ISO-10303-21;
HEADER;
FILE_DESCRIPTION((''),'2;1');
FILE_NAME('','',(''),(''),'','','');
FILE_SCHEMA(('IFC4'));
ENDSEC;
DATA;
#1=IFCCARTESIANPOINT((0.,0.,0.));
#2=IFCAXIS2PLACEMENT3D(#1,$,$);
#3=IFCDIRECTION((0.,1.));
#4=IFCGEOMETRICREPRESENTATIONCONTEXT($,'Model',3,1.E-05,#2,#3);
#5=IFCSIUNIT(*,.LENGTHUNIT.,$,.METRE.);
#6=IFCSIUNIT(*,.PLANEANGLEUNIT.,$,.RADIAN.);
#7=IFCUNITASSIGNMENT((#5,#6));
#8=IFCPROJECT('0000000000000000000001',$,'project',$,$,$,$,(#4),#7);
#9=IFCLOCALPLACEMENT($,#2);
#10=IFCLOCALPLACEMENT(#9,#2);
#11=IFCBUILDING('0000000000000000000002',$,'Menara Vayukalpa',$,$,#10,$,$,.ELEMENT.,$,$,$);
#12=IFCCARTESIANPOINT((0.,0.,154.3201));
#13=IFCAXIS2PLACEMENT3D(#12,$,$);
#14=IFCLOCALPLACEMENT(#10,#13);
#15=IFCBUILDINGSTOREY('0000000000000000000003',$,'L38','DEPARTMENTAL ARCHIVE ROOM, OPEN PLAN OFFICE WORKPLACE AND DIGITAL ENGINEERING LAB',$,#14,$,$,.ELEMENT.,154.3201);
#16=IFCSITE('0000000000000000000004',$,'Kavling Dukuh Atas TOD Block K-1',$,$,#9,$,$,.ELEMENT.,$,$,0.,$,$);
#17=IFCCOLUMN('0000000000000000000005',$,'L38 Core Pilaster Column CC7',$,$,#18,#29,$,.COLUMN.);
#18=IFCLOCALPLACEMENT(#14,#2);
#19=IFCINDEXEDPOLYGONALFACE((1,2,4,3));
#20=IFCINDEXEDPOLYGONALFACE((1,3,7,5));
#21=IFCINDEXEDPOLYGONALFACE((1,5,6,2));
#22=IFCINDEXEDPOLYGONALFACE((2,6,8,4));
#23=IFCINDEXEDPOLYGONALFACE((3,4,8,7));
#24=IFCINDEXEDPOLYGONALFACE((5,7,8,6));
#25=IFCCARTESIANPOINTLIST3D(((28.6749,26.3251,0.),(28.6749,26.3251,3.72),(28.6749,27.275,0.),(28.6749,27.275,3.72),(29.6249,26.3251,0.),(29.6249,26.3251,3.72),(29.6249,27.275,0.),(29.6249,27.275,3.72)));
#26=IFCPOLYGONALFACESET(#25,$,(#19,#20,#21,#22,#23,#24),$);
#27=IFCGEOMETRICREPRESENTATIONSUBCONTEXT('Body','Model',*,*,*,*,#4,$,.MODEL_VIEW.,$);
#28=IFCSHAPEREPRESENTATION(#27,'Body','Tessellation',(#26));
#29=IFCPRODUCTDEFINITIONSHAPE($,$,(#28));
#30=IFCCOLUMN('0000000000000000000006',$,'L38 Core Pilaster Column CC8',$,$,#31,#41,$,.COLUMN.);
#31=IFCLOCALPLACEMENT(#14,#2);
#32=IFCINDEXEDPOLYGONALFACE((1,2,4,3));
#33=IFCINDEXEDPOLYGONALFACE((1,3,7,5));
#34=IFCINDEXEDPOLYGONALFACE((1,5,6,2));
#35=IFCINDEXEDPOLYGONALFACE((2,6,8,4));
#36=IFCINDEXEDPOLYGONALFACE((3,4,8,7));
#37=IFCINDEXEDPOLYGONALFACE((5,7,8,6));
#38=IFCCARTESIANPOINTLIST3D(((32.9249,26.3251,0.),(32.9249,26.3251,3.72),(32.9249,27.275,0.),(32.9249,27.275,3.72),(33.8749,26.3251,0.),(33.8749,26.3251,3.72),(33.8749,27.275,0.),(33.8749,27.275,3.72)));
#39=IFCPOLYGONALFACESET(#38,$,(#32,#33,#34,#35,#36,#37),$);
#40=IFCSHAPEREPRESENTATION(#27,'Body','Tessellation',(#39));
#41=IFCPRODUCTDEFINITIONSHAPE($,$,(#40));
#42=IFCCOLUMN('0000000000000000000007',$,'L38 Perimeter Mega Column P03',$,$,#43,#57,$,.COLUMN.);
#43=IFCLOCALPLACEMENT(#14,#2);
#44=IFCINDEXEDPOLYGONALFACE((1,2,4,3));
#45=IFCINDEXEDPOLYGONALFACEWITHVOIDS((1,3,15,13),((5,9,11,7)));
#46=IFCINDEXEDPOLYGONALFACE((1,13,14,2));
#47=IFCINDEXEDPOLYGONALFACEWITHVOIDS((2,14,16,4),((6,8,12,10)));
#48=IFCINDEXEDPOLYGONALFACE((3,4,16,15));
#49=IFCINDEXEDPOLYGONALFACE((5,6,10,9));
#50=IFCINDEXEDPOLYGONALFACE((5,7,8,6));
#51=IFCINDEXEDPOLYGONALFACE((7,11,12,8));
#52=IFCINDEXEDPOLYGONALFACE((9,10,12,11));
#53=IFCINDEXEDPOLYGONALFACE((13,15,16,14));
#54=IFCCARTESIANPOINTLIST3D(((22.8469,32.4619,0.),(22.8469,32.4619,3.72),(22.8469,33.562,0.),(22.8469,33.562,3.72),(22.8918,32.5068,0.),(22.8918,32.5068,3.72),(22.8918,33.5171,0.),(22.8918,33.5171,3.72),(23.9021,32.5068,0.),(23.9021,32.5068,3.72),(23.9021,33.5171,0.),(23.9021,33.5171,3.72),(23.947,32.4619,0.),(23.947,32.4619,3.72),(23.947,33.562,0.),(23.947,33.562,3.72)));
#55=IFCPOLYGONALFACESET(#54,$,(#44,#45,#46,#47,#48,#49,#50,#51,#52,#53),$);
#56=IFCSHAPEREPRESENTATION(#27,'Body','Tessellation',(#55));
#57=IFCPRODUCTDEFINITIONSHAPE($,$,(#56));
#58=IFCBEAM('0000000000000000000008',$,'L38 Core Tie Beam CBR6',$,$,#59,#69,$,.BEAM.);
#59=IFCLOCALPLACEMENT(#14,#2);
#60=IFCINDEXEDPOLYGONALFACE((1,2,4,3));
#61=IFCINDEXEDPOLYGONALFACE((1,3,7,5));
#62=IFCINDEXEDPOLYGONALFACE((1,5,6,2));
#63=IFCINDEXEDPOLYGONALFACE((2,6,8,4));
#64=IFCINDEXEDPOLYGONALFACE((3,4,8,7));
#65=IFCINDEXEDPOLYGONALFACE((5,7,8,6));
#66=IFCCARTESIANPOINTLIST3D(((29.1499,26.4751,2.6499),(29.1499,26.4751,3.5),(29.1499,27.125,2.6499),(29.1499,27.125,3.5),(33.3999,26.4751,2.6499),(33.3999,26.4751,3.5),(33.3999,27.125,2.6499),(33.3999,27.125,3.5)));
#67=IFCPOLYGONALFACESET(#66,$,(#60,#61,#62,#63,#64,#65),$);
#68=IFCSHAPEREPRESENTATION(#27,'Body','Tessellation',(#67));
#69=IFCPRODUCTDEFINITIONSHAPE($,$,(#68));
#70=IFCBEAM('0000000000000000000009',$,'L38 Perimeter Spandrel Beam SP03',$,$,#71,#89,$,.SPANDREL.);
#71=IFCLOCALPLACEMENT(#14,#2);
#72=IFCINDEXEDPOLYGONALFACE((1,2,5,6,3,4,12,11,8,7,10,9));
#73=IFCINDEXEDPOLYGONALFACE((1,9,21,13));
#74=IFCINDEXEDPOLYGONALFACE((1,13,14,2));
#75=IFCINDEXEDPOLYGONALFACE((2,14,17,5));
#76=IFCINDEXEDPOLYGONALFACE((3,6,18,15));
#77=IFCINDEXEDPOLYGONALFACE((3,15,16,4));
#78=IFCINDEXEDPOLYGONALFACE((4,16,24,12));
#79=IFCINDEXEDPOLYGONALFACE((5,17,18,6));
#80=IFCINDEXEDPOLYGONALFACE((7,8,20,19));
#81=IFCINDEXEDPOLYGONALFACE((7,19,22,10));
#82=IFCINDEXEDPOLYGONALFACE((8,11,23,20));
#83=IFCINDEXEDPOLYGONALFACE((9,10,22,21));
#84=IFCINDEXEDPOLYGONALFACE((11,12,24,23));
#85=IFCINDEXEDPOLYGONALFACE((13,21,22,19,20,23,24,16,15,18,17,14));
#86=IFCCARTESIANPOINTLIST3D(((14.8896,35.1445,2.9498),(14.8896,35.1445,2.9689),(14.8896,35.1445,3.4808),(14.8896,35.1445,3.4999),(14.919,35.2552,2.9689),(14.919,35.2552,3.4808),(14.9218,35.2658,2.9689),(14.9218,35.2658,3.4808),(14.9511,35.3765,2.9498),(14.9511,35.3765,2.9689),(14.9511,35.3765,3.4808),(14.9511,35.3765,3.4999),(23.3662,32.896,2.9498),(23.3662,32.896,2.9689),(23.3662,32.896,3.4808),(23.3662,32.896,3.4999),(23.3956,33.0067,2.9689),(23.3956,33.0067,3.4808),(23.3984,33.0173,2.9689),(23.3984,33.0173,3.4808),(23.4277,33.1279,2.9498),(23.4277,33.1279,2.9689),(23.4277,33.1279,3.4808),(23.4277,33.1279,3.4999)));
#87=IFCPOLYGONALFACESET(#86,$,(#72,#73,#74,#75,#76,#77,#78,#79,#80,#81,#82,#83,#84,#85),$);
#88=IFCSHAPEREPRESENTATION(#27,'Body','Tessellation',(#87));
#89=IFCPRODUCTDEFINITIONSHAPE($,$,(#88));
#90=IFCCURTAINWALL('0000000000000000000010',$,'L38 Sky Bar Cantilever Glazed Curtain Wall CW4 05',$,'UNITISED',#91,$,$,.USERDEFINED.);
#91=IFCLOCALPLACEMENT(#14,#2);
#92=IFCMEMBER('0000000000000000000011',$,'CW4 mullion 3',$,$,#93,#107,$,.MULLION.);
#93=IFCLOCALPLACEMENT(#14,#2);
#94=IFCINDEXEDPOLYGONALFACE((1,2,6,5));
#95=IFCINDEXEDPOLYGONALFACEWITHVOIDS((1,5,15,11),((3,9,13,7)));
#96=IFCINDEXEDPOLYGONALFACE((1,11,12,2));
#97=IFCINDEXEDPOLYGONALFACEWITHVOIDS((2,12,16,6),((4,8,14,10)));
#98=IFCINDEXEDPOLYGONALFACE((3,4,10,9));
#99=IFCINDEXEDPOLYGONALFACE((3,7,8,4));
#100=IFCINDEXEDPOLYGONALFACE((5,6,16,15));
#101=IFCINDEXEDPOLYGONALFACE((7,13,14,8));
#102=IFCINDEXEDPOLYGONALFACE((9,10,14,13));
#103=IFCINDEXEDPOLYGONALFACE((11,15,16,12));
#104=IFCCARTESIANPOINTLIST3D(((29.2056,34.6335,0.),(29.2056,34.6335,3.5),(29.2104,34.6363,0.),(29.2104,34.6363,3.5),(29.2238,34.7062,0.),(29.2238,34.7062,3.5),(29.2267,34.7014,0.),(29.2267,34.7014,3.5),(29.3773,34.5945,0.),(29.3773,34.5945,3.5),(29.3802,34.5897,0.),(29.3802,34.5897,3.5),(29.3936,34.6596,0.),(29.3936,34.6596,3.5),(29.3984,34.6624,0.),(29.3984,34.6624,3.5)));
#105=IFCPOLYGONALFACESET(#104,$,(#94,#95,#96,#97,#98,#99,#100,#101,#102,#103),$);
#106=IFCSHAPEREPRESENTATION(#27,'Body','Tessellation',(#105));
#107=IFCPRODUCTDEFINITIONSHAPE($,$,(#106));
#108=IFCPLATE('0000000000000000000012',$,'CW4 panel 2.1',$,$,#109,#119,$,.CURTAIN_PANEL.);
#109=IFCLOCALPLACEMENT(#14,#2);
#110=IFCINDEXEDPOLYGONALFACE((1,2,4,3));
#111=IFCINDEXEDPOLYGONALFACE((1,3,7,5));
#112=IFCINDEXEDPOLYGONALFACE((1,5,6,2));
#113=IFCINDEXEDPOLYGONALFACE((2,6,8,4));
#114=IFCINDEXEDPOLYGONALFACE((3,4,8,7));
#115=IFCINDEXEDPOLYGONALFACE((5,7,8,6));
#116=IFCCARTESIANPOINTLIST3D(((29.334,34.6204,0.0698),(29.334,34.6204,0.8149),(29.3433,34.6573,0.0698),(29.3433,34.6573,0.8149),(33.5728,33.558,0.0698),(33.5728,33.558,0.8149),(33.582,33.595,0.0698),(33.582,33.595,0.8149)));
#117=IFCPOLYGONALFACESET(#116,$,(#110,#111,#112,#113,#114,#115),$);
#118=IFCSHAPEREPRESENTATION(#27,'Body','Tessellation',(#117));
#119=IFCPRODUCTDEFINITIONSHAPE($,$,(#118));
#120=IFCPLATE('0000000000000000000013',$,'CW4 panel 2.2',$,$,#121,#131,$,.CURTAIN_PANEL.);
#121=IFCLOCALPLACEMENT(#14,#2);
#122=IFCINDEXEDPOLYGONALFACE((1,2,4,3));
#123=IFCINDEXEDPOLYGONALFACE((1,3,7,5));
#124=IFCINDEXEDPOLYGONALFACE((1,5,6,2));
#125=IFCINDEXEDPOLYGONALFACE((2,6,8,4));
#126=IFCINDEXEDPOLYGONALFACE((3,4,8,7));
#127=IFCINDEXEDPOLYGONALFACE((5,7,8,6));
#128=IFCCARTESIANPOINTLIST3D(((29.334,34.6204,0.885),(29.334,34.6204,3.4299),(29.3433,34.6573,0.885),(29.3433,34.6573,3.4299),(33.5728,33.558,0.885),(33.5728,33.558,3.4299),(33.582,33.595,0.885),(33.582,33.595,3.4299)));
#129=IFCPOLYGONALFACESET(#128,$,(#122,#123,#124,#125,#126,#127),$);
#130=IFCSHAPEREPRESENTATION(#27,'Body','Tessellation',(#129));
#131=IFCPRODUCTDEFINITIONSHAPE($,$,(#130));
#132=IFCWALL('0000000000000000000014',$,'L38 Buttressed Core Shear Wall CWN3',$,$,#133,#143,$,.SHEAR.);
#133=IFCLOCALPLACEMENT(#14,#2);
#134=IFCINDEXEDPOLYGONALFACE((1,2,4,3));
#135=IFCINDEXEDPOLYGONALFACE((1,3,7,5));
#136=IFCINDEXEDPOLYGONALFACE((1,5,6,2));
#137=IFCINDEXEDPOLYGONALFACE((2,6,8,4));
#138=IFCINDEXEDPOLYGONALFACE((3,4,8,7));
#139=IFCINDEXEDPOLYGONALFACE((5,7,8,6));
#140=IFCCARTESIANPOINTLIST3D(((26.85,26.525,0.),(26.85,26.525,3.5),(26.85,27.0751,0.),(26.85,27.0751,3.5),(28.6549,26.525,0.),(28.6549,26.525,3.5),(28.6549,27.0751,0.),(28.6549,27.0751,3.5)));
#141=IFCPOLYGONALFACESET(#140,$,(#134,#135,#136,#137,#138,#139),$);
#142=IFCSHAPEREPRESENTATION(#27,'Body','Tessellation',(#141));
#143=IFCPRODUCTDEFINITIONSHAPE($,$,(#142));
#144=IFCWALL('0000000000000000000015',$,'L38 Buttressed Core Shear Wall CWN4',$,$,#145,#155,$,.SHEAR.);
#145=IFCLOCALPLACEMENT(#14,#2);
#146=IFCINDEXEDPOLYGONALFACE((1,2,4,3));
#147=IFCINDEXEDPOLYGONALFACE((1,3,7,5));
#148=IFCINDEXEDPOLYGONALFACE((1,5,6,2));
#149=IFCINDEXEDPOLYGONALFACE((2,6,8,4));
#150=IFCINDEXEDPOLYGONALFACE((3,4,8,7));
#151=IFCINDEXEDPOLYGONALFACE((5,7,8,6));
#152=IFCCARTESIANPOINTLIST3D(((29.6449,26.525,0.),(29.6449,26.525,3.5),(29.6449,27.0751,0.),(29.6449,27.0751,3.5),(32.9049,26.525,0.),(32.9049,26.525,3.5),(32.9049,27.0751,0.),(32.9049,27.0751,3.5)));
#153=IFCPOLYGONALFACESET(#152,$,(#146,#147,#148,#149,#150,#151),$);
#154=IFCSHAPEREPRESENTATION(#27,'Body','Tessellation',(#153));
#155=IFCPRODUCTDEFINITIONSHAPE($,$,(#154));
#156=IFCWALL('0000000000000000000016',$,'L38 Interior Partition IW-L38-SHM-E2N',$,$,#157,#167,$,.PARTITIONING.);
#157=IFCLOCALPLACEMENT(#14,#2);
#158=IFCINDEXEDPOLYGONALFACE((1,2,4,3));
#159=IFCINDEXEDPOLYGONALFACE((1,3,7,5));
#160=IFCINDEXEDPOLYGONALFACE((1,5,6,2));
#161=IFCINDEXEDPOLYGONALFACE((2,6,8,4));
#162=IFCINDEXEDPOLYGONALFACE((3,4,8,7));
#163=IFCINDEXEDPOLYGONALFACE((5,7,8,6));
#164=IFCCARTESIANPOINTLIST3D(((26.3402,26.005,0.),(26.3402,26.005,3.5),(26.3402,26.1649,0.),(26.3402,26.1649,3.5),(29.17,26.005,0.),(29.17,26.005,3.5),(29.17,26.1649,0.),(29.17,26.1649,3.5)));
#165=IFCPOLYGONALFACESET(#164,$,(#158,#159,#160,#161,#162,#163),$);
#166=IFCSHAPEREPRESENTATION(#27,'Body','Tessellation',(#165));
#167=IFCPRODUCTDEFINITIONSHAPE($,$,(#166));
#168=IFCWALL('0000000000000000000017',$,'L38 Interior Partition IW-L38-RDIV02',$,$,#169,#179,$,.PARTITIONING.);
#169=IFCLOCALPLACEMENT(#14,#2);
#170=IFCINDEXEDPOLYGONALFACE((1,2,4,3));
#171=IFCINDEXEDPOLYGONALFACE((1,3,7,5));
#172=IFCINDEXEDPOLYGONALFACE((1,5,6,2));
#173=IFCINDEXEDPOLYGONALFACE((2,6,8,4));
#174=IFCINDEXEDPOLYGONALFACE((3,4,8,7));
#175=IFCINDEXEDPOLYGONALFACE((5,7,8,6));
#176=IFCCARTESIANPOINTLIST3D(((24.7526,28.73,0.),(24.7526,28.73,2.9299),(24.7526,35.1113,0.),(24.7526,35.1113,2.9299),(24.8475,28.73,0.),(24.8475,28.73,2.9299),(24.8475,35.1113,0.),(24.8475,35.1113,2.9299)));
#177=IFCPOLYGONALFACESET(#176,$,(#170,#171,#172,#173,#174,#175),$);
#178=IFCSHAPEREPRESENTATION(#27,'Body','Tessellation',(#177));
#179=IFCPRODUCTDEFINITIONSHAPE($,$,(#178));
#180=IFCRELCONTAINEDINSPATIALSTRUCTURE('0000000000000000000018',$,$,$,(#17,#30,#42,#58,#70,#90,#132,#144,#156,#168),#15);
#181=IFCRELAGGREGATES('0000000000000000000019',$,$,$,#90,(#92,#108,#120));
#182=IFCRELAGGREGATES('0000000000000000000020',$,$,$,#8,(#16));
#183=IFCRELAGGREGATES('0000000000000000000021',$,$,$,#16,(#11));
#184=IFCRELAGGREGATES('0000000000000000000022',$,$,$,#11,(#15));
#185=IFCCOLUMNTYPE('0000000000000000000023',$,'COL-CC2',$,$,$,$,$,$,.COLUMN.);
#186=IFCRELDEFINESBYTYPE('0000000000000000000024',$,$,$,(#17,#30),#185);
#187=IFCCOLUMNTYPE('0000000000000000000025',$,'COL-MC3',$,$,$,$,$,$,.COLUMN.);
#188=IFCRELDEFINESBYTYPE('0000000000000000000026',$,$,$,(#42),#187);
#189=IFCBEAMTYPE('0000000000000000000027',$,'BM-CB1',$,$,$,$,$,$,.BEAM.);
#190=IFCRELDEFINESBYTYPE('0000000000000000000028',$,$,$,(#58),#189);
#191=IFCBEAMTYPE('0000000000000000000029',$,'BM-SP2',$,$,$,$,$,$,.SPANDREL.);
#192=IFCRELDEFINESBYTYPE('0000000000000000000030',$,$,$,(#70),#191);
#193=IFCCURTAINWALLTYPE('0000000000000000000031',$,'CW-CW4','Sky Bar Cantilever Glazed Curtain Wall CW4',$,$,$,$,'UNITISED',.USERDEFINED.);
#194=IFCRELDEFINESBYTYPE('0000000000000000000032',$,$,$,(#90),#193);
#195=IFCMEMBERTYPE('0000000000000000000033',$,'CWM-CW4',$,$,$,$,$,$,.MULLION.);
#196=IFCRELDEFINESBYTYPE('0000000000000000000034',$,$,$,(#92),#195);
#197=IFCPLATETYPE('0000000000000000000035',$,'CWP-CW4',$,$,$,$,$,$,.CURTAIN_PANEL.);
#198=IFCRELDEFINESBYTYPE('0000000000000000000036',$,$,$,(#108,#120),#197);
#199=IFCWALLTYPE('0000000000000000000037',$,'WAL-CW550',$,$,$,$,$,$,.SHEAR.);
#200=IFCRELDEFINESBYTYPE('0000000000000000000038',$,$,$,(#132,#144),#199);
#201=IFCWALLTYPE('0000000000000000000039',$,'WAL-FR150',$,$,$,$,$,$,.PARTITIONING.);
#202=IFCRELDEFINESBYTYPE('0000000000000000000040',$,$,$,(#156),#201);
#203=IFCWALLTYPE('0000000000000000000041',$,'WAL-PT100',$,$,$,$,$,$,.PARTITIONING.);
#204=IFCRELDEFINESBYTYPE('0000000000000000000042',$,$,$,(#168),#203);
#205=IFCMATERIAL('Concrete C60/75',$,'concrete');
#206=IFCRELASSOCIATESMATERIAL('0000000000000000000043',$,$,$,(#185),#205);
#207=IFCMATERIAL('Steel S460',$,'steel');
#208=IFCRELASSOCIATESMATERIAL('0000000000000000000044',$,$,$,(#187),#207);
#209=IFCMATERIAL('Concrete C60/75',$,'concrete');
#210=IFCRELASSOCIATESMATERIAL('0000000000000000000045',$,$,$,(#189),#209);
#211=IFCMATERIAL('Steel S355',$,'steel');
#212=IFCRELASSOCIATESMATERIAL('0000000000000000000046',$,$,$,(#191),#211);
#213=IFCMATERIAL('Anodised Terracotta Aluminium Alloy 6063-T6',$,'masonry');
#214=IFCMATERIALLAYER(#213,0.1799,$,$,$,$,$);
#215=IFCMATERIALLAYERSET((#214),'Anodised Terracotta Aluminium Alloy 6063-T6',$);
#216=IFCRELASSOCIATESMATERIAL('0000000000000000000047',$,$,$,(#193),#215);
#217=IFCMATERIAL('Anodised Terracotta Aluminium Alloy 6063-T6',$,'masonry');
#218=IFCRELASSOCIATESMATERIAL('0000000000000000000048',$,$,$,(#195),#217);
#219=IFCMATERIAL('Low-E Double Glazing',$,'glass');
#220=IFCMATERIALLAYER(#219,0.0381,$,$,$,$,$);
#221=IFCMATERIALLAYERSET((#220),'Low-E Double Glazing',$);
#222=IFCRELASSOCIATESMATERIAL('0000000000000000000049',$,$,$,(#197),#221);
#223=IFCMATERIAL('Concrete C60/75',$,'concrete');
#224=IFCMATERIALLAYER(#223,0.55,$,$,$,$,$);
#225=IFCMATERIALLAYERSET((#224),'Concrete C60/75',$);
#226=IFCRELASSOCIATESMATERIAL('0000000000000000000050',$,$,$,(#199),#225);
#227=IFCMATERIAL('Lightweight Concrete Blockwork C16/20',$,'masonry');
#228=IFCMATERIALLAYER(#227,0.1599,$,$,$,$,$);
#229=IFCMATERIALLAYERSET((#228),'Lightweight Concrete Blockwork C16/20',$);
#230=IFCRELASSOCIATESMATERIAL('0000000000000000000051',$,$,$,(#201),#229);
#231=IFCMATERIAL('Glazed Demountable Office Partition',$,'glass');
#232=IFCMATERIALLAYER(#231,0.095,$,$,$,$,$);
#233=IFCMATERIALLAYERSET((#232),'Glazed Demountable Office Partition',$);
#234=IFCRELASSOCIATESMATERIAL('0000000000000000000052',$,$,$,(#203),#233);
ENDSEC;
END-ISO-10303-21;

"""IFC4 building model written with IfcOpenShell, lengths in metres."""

from ifc_helpers import new_model, si_unit, direction, frame, frame_2d, origin, origin_2d, place, context, subcontext, project, spatial, rectangle, hollow_rectangle, i_section, extrude, material, layer, layer_set, material_profile, profile_set, type_object, element, aggregate, save


model = new_model("IFC4")

# Units and contexts
model_context = context("Model", 3, precision=1e-05, world=origin(), true_north=direction((0.0, 1.0)))
body_context = subcontext(model_context, "Body", "Model", "MODEL_VIEW")
ifc_project = project(units=[si_unit("LENGTHUNIT", "METRE"), si_unit("PLANEANGLEUNIT", "RADIAN")], contexts=[model_context])

# Site, building, storey
site_placement = place(None, origin())
site = spatial("IfcSite", under=ifc_project, at=site_placement, Name="Kavling Dukuh Atas TOD Block K-1", CompositionType="ELEMENT", RefElevation=0.0)
building_placement = place(site_placement, origin())
building = spatial("IfcBuilding", under=site, at=building_placement, Name="Menara Vayukalpa", CompositionType="ELEMENT")
storey_placement = place(building_placement, frame((0.0, 0.0, 154.3201)))
storey = spatial("IfcBuildingStorey", under=building, at=storey_placement, Name="L38", Description="DEPARTMENTAL ARCHIVE ROOM, OPEN PLAN OFFICE WORKPLACE AND DIGITAL ENGINEERING LAB", CompositionType="ELEMENT", Elevation=154.3201)

# Columns
ifc_material_1 = material(Name="Concrete C60/75", Category="concrete")
ifc_material_profile_1 = material_profile(ifc_material_1, rectangle(XDim=0.95, YDim=0.95, at=origin_2d()), Name="RC 950x950")
ifc_profile_set_1 = profile_set([ifc_material_profile_1], Name="Concrete C60/75")
column_type_1 = type_object("IfcColumnType", Name="COL-CC2", PredefinedType="COLUMN", material=ifc_profile_set_1)
for number, where, z_axis, x_axis, name in (
    (1, (29.1499, 26.8, 0.0), (0.0, 0.0, 1.0), (1.0, 0.0, 0.0), "L38 Core Pilaster Column CC7"),
    (2, (33.3999, 26.8, 0.0), (0.0, 0.0, 1.0), (1.0, 0.0, 0.0), "L38 Core Pilaster Column CC8"),
):
    element("IfcColumn", number, at=place(storey_placement, frame(where, z_axis=z_axis, x_axis=x_axis)), inside=storey, type_object=column_type_1, Name=name, PredefinedType="COLUMN", context=body_context, shape_type="SweptSolid", body=[
        extrude(rectangle(XDim=0.95, YDim=0.95, at=origin_2d()), origin(), (0.0, 0.0, 1.0), 3.72),
    ])
ifc_material_2 = material(Name="Steel S460", Category="steel")
ifc_material_profile_2 = material_profile(ifc_material_2, hollow_rectangle(XDim=1.1001, YDim=1.1001, WallThickness=0.0449, at=origin_2d()), Name="BOX 1100x1100x45")
ifc_profile_set_2 = profile_set([ifc_material_profile_2], Name="Steel S460")
column_type_2 = type_object("IfcColumnType", Name="COL-MC3", PredefinedType="COLUMN", material=ifc_profile_set_2)
column_placement = place(storey_placement, frame((23.397, 33.012, 0.0), z_axis=(0.0, 0.0, 1.0), x_axis=(1.0, 0.0, 0.0)))
element("IfcColumn", 3, at=column_placement, inside=storey, type_object=column_type_2, Name="L38 Perimeter Mega Column P03", PredefinedType="COLUMN", context=body_context, shape_type="SweptSolid", body=[
    extrude(hollow_rectangle(XDim=1.1001, YDim=1.1001, WallThickness=0.0449, at=origin_2d()), origin(), (0.0, 0.0, 1.0), 3.72),
])

# Beams
ifc_material_3 = material(Name="Concrete C60/75", Category="concrete")
ifc_material_profile_3 = material_profile(ifc_material_3, rectangle(XDim=0.6499, YDim=0.8501, at=origin_2d()), Name="RC 650x850")
ifc_profile_set_3 = profile_set([ifc_material_profile_3], Name="Concrete C60/75")
beam_type_1 = type_object("IfcBeamType", Name="BM-CB1", PredefinedType="BEAM", material=ifc_profile_set_3)
beam_1_placement = place(storey_placement, frame((29.1499, 26.8, 3.075), z_axis=(1.0, 0.0, 0.0), x_axis=(0.0, 1.0, 0.0)))
element("IfcBeam", 4, at=beam_1_placement, inside=storey, type_object=beam_type_1, Name="L38 Core Tie Beam CBR6", PredefinedType="BEAM", context=body_context, shape_type="SweptSolid", body=[
    extrude(rectangle(XDim=0.6499, YDim=0.8501, at=origin_2d()), origin(), (0.0, 0.0, 1.0), 4.25),
])
ifc_material_4 = material(Name="Steel S355", Category="steel")
ifc_material_profile_4 = material_profile(ifc_material_4, i_section(OverallWidth=0.24, OverallDepth=0.55, WebThickness=0.011, FlangeThickness=0.019, at=origin_2d()), Name="WF 550x240x11x19")
ifc_profile_set_4 = profile_set([ifc_material_profile_4], Name="Steel S355")
beam_type_2 = type_object("IfcBeamType", Name="BM-SP2", PredefinedType="SPANDREL", material=ifc_profile_set_4)
beam_2_placement = place(storey_placement, frame((23.397, 33.012, 3.2249), z_axis=(-0.966571, 0.256398, 0.0), x_axis=(-0.256398, -0.966571, 0.0)))
element("IfcBeam", 5, at=beam_2_placement, inside=storey, type_object=beam_type_2, Name="L38 Perimeter Spandrel Beam SP03", PredefinedType="SPANDREL", context=body_context, shape_type="SweptSolid", body=[
    extrude(i_section(OverallWidth=0.24, OverallDepth=0.55, WebThickness=0.011, FlangeThickness=0.019, at=origin_2d()), origin(), (0.0, 0.0, 1.0), 8.7698),
])

# Curtain wall, member, plates
ifc_material_5 = material(Name="Anodised Terracotta Aluminium Alloy 6063-T6", Category="masonry")
ifc_layer_1 = layer(ifc_material_5, 0.1799)
ifc_layer_set_1 = layer_set([ifc_layer_1], Name="Anodised Terracotta Aluminium Alloy 6063-T6")
curtain_wall_type = type_object("IfcCurtainWallType", Name="CW-CW4", Description="Sky Bar Cantilever Glazed Curtain Wall CW4", ElementType="UNITISED", PredefinedType="USERDEFINED", material=ifc_layer_set_1)
curtain_wall_placement = place(storey_placement, origin())
curtain_wall = element("IfcCurtainWall", 6, at=curtain_wall_placement, inside=storey, type_object=curtain_wall_type, Name="L38 Sky Bar Cantilever Glazed Curtain Wall CW4 05", ObjectType="UNITISED", PredefinedType="USERDEFINED")
ifc_material_6 = material(Name="Anodised Terracotta Aluminium Alloy 6063-T6", Category="masonry")
ifc_material_profile_5 = material_profile(ifc_material_6, hollow_rectangle(XDim=0.075, YDim=0.1799, WallThickness=0.0039, at=origin_2d()), Name="ALU 75x180x4")
ifc_profile_set_5 = profile_set([ifc_material_profile_5], Name="Anodised Terracotta Aluminium Alloy 6063-T6")
member_type = type_object("IfcMemberType", Name="CWM-CW4", PredefinedType="MULLION", material=ifc_profile_set_5)
member_placement = place(storey_placement, frame((29.302, 34.6479, 0.0), z_axis=(0.0, 0.0, 1.0), x_axis=(-0.243113, -0.969998, 0.0)))
member = element("IfcMember", 7, at=member_placement, type_object=member_type, Name="CW4 mullion 3", PredefinedType="MULLION", context=body_context, shape_type="SweptSolid", body=[
    extrude(hollow_rectangle(XDim=0.075, YDim=0.1799, WallThickness=0.0039, at=origin_2d()), origin(), (0.0, 0.0, 1.0), 3.5),
])
ifc_material_7 = material(Name="Low-E Double Glazing", Category="glass")
ifc_layer_2 = layer(ifc_material_7, 0.0381)
ifc_layer_set_2 = layer_set([ifc_layer_2], Name="Low-E Double Glazing")
plate_type = type_object("IfcPlateType", Name="CWP-CW4", PredefinedType="CURTAIN_PANEL", material=ifc_layer_set_2)
plate_1_placement = place(storey_placement, frame((31.458, 34.1077, 0.0698), z_axis=(0.0, 0.0, 1.0), x_axis=(-0.969998, 0.243113, 0.0)))
plate_1 = element("IfcPlate", 8, at=plate_1_placement, type_object=plate_type, Name="CW4 panel 2.1", PredefinedType="CURTAIN_PANEL", context=body_context, shape_type="SweptSolid", body=[
    extrude(rectangle(XDim=4.3699, YDim=0.0381, at=origin_2d()), origin(), (0.0, 0.0, 1.0), 0.7451),
])
plate_2_placement = place(storey_placement, frame((31.458, 34.1077, 0.885), z_axis=(0.0, 0.0, 1.0), x_axis=(-0.969998, 0.243113, 0.0)))
plate_2 = element("IfcPlate", 9, at=plate_2_placement, type_object=plate_type, Name="CW4 panel 2.2", PredefinedType="CURTAIN_PANEL", context=body_context, shape_type="SweptSolid", body=[
    extrude(rectangle(XDim=4.3699, YDim=0.0381, at=origin_2d()), origin(), (0.0, 0.0, 1.0), 2.5449),
])
aggregate(curtain_wall, [member, plate_1, plate_2])

# Walls
ifc_material_8 = material(Name="Concrete C60/75", Category="concrete")
ifc_layer_3 = layer(ifc_material_8, 0.55)
ifc_layer_set_3 = layer_set([ifc_layer_3], Name="Concrete C60/75")
wall_type_1 = type_object("IfcWallType", Name="WAL-CW550", PredefinedType="SHEAR", material=ifc_layer_set_3)
wall_1_placement = place(storey_placement, frame((26.8501, 26.8, 0.0), z_axis=(0.0, 0.0, 1.0), x_axis=(1.0, 0.0, 0.0)))
element("IfcWall", 10, at=wall_1_placement, inside=storey, type_object=wall_type_1, Name="L38 Buttressed Core Shear Wall CWN3", PredefinedType="SHEAR", context=body_context, shape_type="SweptSolid", body=[
    extrude(rectangle(XDim=1.8049, YDim=0.55, at=frame_2d((0.9023, 0.0))), origin(), (0.0, 0.0, 1.0), 3.5),
])
wall_2_placement = place(storey_placement, frame((29.645, 26.8, 0.0), z_axis=(0.0, 0.0, 1.0), x_axis=(1.0, 0.0, 0.0)))
element("IfcWall", 11, at=wall_2_placement, inside=storey, type_object=wall_type_1, Name="L38 Buttressed Core Shear Wall CWN4", PredefinedType="SHEAR", context=body_context, shape_type="SweptSolid", body=[
    extrude(rectangle(XDim=3.26, YDim=0.55, at=frame_2d((1.6299, 0.0))), origin(), (0.0, 0.0, 1.0), 3.5),
])
ifc_material_9 = material(Name="Lightweight Concrete Blockwork C16/20", Category="masonry")
ifc_layer_4 = layer(ifc_material_9, 0.1599)
ifc_layer_set_4 = layer_set([ifc_layer_4], Name="Lightweight Concrete Blockwork C16/20")
wall_type_2 = type_object("IfcWallType", Name="WAL-FR150", PredefinedType="PARTITIONING", material=ifc_layer_set_4)
wall_3_placement = place(storey_placement, frame((26.3401, 26.085, 0.0), z_axis=(0.0, 0.0, 1.0), x_axis=(1.0, 0.0, 0.0)))
element("IfcWall", 12, at=wall_3_placement, inside=storey, type_object=wall_type_2, Name="L38 Interior Partition IW-L38-SHM-E2N", PredefinedType="PARTITIONING", context=body_context, shape_type="SweptSolid", body=[
    extrude(rectangle(XDim=2.8298, YDim=0.1599, at=frame_2d((1.415, 0.0))), origin(), (0.0, 0.0, 1.0), 3.5),
])
ifc_material_10 = material(Name="Glazed Demountable Office Partition", Category="glass")
ifc_layer_5 = layer(ifc_material_10, 0.095)
ifc_layer_set_5 = layer_set([ifc_layer_5], Name="Glazed Demountable Office Partition")
wall_type_3 = type_object("IfcWallType", Name="WAL-PT100", PredefinedType="PARTITIONING", material=ifc_layer_set_5)
wall_4_placement = place(storey_placement, frame((24.8, 28.73, 0.0), z_axis=(0.0, 0.0, 1.0), x_axis=(0.0, 1.0, 0.0)))
element("IfcWall", 13, at=wall_4_placement, inside=storey, type_object=wall_type_3, Name="L38 Interior Partition IW-L38-RDIV02", PredefinedType="PARTITIONING", context=body_context, shape_type="SweptSolid", body=[
    extrude(rectangle(XDim=6.3813, YDim=0.095, at=frame_2d((3.1907, 0.0))), origin(), (0.0, 0.0, 1.0), 2.9299),
])

save(model, "model.ifc")
